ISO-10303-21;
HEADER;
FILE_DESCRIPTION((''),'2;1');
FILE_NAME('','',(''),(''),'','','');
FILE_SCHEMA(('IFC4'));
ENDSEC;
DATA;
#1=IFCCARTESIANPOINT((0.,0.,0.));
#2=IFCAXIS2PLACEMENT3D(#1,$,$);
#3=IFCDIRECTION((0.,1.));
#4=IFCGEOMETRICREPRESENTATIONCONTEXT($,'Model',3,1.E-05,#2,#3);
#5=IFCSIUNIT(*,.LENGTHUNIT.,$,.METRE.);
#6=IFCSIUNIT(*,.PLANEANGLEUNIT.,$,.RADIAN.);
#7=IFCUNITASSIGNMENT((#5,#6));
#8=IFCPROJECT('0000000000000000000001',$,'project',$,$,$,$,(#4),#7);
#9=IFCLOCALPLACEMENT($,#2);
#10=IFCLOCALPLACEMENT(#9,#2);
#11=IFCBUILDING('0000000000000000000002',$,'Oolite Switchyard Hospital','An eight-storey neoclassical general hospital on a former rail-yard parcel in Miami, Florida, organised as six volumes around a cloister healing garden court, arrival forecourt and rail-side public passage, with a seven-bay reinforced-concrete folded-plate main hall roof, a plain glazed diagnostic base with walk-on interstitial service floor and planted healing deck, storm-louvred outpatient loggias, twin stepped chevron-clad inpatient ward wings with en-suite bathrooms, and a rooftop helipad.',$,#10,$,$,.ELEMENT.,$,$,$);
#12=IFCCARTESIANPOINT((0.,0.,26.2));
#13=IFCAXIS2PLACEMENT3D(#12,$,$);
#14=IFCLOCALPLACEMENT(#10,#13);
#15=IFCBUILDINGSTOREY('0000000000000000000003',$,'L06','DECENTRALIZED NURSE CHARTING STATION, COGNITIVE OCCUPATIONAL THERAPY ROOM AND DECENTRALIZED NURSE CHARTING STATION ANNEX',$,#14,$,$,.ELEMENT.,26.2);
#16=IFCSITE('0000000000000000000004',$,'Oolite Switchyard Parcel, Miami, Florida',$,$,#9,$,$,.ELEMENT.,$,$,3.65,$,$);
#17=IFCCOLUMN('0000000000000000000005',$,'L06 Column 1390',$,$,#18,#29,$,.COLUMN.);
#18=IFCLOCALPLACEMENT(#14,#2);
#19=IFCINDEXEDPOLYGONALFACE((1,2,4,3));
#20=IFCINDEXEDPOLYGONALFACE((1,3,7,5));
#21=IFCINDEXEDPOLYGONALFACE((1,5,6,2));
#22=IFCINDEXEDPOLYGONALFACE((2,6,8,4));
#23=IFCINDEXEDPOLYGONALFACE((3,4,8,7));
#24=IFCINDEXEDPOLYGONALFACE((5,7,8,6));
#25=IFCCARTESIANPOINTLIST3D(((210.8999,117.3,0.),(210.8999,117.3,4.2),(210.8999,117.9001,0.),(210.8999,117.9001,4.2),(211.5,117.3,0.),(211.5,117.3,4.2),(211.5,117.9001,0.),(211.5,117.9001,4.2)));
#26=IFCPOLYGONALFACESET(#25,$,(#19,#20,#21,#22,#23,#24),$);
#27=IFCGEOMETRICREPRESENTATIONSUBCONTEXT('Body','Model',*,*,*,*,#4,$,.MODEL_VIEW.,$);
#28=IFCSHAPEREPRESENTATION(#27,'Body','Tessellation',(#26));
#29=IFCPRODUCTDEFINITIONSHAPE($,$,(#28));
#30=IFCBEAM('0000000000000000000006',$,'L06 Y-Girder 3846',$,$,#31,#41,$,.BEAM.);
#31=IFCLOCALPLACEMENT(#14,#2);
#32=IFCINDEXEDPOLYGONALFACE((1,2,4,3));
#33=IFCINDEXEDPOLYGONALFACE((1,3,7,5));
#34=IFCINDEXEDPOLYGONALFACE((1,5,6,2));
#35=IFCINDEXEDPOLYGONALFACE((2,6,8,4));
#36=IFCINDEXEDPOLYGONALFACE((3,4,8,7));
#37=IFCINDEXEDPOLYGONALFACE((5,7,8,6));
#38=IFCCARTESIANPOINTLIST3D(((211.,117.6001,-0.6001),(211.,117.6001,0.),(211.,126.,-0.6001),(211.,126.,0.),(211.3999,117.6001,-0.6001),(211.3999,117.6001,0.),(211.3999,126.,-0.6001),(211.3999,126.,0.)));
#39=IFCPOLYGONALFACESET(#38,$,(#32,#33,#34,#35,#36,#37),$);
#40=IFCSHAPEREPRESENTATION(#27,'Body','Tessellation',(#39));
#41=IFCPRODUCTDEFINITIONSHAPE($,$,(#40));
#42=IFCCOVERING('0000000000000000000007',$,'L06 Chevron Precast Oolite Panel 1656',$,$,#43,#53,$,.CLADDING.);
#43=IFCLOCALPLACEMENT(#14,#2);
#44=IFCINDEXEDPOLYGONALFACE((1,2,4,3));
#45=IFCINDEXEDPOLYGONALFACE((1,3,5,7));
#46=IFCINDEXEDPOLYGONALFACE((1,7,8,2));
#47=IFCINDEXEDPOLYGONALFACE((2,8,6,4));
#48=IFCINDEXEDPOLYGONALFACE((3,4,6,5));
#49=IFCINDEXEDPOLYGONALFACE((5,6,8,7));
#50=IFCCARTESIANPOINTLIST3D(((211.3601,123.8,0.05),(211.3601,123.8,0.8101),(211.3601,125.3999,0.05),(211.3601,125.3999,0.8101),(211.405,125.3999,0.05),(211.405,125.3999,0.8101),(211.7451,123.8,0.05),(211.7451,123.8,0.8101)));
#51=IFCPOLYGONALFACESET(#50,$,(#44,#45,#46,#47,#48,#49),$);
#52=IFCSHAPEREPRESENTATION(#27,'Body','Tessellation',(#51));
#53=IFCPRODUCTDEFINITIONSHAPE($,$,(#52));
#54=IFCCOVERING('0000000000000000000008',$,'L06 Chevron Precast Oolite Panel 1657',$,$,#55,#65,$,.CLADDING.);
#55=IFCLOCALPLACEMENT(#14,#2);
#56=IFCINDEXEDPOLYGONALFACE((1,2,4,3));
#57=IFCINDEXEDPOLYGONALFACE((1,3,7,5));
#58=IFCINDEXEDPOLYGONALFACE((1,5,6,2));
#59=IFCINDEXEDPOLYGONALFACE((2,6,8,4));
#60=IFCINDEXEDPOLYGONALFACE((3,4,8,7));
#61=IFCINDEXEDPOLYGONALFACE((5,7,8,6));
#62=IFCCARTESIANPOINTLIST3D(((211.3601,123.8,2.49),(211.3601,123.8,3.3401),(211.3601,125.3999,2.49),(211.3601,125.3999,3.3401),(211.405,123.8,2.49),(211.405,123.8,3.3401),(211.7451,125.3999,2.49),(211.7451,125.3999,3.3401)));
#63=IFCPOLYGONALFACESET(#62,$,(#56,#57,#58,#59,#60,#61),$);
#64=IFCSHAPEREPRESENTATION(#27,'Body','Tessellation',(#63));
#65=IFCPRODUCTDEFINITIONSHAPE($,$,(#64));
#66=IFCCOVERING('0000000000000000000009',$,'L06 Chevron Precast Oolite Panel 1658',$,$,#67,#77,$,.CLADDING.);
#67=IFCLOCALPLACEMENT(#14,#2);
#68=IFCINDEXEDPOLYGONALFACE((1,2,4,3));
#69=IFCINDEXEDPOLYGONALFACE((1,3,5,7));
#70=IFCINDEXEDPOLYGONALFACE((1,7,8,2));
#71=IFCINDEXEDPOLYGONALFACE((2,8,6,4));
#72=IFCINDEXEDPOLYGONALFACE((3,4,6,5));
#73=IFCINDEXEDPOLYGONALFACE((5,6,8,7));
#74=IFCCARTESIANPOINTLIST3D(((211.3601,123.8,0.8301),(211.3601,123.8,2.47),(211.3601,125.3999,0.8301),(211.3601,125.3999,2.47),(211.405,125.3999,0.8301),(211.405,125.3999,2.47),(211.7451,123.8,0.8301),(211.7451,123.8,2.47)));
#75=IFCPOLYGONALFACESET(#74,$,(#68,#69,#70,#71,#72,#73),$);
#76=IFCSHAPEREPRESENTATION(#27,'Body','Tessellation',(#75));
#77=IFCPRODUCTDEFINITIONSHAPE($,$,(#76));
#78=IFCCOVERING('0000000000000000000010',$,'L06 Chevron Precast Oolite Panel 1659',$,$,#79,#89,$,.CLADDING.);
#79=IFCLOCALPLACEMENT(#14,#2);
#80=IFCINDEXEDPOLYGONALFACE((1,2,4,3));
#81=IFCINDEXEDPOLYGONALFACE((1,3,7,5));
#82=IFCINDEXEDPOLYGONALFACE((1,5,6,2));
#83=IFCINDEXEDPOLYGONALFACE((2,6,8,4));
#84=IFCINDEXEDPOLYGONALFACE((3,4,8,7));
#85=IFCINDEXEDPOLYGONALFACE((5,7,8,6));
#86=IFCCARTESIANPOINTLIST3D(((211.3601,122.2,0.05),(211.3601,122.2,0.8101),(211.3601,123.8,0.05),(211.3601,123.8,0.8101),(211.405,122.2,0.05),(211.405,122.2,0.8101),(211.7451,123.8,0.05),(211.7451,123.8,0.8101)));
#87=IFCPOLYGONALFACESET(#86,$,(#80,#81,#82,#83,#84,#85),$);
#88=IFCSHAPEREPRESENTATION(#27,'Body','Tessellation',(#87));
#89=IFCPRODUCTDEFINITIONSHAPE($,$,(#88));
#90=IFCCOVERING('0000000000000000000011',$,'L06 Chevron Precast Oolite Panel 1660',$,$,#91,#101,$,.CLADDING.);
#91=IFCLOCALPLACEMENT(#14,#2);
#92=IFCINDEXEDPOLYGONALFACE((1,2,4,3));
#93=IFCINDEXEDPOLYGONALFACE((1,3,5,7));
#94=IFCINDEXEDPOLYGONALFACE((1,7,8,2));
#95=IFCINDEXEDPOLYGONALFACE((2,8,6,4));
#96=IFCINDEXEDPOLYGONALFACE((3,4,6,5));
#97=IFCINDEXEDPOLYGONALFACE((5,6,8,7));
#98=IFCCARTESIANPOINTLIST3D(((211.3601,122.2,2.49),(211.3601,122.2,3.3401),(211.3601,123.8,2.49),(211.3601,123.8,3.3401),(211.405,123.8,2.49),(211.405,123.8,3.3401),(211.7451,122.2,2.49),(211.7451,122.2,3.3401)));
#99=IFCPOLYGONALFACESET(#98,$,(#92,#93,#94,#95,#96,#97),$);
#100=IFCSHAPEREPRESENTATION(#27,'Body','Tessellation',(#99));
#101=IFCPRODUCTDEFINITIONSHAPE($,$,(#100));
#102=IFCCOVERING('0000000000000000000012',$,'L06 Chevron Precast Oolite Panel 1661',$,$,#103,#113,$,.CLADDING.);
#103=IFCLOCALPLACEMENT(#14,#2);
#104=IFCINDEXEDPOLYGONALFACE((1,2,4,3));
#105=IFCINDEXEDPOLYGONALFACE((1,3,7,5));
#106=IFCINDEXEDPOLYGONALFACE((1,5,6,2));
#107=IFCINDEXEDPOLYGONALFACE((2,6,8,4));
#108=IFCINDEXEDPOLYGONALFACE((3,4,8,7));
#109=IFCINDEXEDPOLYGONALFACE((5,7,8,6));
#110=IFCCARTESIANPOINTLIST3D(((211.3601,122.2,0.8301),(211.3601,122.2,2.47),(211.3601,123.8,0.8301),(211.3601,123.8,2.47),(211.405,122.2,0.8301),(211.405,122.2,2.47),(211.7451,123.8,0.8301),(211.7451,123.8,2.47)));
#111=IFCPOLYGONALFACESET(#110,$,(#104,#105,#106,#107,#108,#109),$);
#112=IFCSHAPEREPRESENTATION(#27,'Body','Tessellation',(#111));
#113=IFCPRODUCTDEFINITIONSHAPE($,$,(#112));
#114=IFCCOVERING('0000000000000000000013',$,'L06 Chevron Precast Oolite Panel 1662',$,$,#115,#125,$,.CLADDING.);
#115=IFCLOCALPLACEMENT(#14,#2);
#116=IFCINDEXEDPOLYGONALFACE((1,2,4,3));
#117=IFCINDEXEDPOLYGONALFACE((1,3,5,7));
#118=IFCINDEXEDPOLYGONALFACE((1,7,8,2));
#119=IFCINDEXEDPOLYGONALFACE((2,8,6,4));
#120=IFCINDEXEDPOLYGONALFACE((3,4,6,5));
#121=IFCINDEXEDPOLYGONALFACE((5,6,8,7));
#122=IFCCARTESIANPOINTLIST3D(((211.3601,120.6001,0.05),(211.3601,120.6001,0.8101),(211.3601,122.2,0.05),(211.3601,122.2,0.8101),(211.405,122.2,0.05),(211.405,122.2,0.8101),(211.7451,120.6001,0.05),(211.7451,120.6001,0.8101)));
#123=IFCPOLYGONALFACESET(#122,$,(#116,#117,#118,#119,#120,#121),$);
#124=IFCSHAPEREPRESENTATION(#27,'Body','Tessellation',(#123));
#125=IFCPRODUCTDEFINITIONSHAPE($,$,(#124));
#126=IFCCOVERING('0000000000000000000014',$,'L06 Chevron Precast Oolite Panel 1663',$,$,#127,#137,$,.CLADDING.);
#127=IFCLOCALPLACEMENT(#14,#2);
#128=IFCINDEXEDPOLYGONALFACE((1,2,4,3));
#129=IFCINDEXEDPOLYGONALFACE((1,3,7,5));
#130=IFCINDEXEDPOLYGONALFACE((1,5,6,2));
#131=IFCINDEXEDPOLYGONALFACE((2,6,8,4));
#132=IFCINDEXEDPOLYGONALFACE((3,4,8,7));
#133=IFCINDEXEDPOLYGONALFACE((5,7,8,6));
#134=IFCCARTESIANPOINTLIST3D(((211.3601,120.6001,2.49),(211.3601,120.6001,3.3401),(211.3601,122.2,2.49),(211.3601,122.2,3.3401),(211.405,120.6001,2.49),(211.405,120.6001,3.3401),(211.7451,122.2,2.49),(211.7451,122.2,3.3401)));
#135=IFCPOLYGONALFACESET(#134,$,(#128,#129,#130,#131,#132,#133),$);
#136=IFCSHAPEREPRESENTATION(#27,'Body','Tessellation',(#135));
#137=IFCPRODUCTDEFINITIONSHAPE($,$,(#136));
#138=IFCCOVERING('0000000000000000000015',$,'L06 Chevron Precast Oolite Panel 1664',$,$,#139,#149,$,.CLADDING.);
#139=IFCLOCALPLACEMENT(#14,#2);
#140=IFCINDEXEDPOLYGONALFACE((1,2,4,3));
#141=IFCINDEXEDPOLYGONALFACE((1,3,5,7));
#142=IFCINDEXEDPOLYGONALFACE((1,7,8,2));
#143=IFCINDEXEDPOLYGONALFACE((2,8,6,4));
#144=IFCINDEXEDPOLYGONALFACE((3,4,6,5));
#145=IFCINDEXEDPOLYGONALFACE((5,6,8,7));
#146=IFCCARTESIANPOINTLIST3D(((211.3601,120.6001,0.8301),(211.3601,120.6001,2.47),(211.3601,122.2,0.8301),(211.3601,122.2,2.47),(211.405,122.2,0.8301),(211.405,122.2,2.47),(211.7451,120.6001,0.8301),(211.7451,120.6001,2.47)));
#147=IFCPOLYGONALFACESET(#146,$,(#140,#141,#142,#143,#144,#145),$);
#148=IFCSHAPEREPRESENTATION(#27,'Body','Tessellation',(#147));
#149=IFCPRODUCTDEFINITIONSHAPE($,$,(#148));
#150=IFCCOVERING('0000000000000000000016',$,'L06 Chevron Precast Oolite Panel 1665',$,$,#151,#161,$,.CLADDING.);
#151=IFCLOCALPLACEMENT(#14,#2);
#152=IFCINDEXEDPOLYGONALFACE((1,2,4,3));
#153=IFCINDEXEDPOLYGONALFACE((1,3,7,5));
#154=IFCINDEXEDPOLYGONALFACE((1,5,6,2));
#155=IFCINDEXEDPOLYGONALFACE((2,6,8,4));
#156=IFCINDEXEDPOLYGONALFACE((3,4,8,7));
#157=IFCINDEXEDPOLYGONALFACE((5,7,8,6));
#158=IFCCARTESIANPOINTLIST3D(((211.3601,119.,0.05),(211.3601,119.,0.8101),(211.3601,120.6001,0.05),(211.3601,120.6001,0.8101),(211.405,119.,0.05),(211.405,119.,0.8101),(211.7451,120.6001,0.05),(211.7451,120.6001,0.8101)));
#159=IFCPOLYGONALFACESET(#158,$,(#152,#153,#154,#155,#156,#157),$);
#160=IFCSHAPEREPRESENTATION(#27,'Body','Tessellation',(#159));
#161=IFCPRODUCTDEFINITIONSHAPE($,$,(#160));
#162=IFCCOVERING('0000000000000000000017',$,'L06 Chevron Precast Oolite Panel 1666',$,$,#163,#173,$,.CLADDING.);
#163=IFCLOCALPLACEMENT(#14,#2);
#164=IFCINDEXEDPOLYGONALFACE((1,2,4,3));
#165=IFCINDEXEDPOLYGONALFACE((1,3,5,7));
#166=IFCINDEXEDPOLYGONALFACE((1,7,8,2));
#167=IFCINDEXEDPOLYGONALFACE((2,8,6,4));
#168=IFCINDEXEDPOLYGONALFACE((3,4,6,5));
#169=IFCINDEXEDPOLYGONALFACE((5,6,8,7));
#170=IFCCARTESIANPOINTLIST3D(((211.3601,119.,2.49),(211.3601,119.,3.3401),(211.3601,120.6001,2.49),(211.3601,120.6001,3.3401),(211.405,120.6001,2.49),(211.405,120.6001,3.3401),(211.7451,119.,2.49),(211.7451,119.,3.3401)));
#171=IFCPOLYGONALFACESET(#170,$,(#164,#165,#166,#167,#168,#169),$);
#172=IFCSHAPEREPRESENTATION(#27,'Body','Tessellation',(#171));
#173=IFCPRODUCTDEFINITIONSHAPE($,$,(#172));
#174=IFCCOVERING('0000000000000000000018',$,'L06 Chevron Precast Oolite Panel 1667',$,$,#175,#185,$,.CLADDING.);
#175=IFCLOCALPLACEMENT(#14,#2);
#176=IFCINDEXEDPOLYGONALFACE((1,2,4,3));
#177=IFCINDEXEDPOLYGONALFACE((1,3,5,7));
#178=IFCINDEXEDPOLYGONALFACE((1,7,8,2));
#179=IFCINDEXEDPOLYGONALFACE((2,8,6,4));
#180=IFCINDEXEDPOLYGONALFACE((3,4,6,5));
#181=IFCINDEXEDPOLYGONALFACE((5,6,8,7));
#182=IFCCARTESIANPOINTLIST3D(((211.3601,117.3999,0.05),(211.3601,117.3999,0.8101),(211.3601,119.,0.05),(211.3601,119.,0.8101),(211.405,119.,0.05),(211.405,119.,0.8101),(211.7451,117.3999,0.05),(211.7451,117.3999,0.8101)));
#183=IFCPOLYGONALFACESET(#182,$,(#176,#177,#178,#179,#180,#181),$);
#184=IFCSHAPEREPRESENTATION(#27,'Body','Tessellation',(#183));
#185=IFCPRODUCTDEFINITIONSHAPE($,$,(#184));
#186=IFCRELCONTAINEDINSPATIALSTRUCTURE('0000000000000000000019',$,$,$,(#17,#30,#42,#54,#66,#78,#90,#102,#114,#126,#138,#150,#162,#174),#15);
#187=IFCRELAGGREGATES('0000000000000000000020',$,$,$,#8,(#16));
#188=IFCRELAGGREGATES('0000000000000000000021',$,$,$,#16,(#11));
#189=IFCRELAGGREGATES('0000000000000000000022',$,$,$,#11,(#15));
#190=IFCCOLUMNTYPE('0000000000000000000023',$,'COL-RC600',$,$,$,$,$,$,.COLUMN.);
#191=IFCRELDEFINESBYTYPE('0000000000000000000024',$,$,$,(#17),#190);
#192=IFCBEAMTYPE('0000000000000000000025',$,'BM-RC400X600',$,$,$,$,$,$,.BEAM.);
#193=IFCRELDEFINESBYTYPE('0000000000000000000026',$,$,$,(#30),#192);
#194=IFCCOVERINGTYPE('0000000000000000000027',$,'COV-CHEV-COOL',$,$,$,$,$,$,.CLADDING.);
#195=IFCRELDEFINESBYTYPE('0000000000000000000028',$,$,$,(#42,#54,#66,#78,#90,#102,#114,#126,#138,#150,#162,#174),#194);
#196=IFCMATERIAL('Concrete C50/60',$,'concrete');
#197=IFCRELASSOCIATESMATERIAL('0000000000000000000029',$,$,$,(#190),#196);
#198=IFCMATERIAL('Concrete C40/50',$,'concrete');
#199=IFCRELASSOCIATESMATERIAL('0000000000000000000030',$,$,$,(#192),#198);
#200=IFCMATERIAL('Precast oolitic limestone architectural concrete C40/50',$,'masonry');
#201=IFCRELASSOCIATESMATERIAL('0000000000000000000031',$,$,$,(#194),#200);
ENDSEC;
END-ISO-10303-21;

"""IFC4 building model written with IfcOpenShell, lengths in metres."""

from ifc_helpers import new_model, si_unit, direction, frame, origin, origin_2d, place, context, subcontext, project, spatial, polyline, rectangle, outline, extrude, material, material_profile, profile_set, type_object, element, save


model = new_model("IFC4")

# Units and contexts
model_context = context("Model", 3, precision=1e-05, world=origin(), true_north=direction((0.0, 1.0)))
body_context = subcontext(model_context, "Body", "Model", "MODEL_VIEW")
ifc_project = project(units=[si_unit("LENGTHUNIT", "METRE"), si_unit("PLANEANGLEUNIT", "RADIAN")], contexts=[model_context])

# Site, building, storey
site_placement = place(None, origin())
site = spatial("IfcSite", under=ifc_project, at=site_placement, Name="Oolite Switchyard Parcel, Miami, Florida", CompositionType="ELEMENT", RefElevation=3.65)
building_placement = place(site_placement, origin())
building = spatial("IfcBuilding", under=site, at=building_placement, Name="Oolite Switchyard Hospital", Description="An eight-storey neoclassical general hospital on a former rail-yard parcel in Miami, Florida, organised as six volumes around a cloister healing garden court, arrival forecourt and rail-side public passage, with a seven-bay reinforced-concrete folded-plate main hall roof, a plain glazed diagnostic base with walk-on interstitial service floor and planted healing deck, storm-louvred outpatient loggias, twin stepped chevron-clad inpatient ward wings with en-suite bathrooms, and a rooftop helipad.", CompositionType="ELEMENT")
storey_placement = place(building_placement, frame((0.0, 0.0, 26.2)))
storey = spatial("IfcBuildingStorey", under=building, at=storey_placement, Name="L06", Description="DECENTRALIZED NURSE CHARTING STATION, COGNITIVE OCCUPATIONAL THERAPY ROOM AND DECENTRALIZED NURSE CHARTING STATION ANNEX", CompositionType="ELEMENT", Elevation=26.2)

# Column
ifc_material_1 = material(Name="Concrete C50/60", Category="concrete")
ifc_material_profile_1 = material_profile(ifc_material_1, rectangle(XDim=0.6001, YDim=0.6001, at=origin_2d()), Name="RC600X600")
ifc_profile_set_1 = profile_set([ifc_material_profile_1], Name="Concrete C50/60")
column_type = type_object("IfcColumnType", Name="COL-RC600", PredefinedType="COLUMN", material=ifc_profile_set_1)
column_placement = place(storey_placement, frame((211.2, 117.6001, 0.0), z_axis=(0.0, 0.0, 1.0), x_axis=(1.0, 0.0, 0.0)))
element("IfcColumn", 1, at=column_placement, inside=storey, type_object=column_type, Name="L06 Column 1390", PredefinedType="COLUMN", context=body_context, shape_type="SweptSolid", body=[
    extrude(rectangle(XDim=0.6001, YDim=0.6001, at=origin_2d()), origin(), (0.0, 0.0, 1.0), 4.2),
])

# Beam
ifc_material_2 = material(Name="Concrete C40/50", Category="concrete")
ifc_material_profile_2 = material_profile(ifc_material_2, rectangle(XDim=0.3999, YDim=0.6001, at=origin_2d()), Name="RCB400X600")
ifc_profile_set_2 = profile_set([ifc_material_profile_2], Name="Concrete C40/50")
beam_type = type_object("IfcBeamType", Name="BM-RC400X600", PredefinedType="BEAM", material=ifc_profile_set_2)
beam_placement = place(storey_placement, frame((211.2, 117.6001, -0.3), z_axis=(0.0, 1.0, 0.0), x_axis=(-1.0, 0.0, 0.0)))
element("IfcBeam", 2, at=beam_placement, inside=storey, type_object=beam_type, Name="L06 Y-Girder 3846", PredefinedType="BEAM", context=body_context, shape_type="SweptSolid", body=[
    extrude(rectangle(XDim=0.3999, YDim=0.6001, at=origin_2d()), origin(), (0.0, 0.0, 1.0), 8.3999),
])

# Coverings
ifc_material_3 = material(Name="Precast oolitic limestone architectural concrete C40/50", Category="masonry")
covering_type = type_object("IfcCoveringType", Name="COV-CHEV-COOL", PredefinedType="CLADDING", material=ifc_material_3)
covering_1_placement = place(storey_placement, frame((211.3601, 125.3999, 0.05), z_axis=(0.0, 0.0, 1.0), x_axis=(0.0, -1.0, 0.0)))
element("IfcCovering", 3, at=covering_1_placement, inside=storey, type_object=covering_type, Name="L06 Chevron Precast Oolite Panel 1656", PredefinedType="CLADDING", context=body_context, shape_type="SweptSolid", body=[
    extrude(outline(polyline([(0.0, 0.0), (1.5999, 0.0), (1.5999, 0.385), (0.0, 0.0449), (0.0, 0.0)])), origin(), (0.0, 0.0, 1.0), 0.76),
])
covering_2_placement = place(storey_placement, frame((211.3601, 125.3999, 2.49), z_axis=(0.0, 0.0, 1.0), x_axis=(0.0, -1.0, 0.0)))
element("IfcCovering", 4, at=covering_2_placement, inside=storey, type_object=covering_type, Name="L06 Chevron Precast Oolite Panel 1657", PredefinedType="CLADDING", context=body_context, shape_type="SweptSolid", body=[
    extrude(outline(polyline([(0.0, 0.0), (1.5999, 0.0), (1.5999, 0.0449), (0.0, 0.385), (0.0, 0.0)])), origin(), (0.0, 0.0, 1.0), 0.8501),
])
covering_3_placement = place(storey_placement, frame((211.3601, 125.3999, 0.8301), z_axis=(0.0, 0.0, 1.0), x_axis=(0.0, -1.0, 0.0)))
element("IfcCovering", 5, at=covering_3_placement, inside=storey, type_object=covering_type, Name="L06 Chevron Precast Oolite Panel 1658", PredefinedType="CLADDING", context=body_context, shape_type="SweptSolid", body=[
    extrude(outline(polyline([(0.0, 0.0), (1.5999, 0.0), (1.5999, 0.385), (0.0, 0.0449), (0.0, 0.0)])), origin(), (0.0, 0.0, 1.0), 1.6399),
])
covering_4_placement = place(storey_placement, frame((211.3601, 123.8, 0.05), z_axis=(0.0, 0.0, 1.0), x_axis=(0.0, -1.0, 0.0)))
element("IfcCovering", 6, at=covering_4_placement, inside=storey, type_object=covering_type, Name="L06 Chevron Precast Oolite Panel 1659", PredefinedType="CLADDING", context=body_context, shape_type="SweptSolid", body=[
    extrude(outline(polyline([(0.0, 0.0), (1.6001, 0.0), (1.6001, 0.0449), (0.0, 0.385), (0.0, 0.0)])), origin(), (0.0, 0.0, 1.0), 0.76),
])
covering_5_placement = place(storey_placement, frame((211.3601, 123.8, 2.49), z_axis=(0.0, 0.0, 1.0), x_axis=(0.0, -1.0, 0.0)))
element("IfcCovering", 7, at=covering_5_placement, inside=storey, type_object=covering_type, Name="L06 Chevron Precast Oolite Panel 1660", PredefinedType="CLADDING", context=body_context, shape_type="SweptSolid", body=[
    extrude(outline(polyline([(0.0, 0.0), (1.6001, 0.0), (1.6001, 0.385), (0.0, 0.0449), (0.0, 0.0)])), origin(), (0.0, 0.0, 1.0), 0.8501),
])
covering_6_placement = place(storey_placement, frame((211.3601, 123.8, 0.8301), z_axis=(0.0, 0.0, 1.0), x_axis=(0.0, -1.0, 0.0)))
element("IfcCovering", 8, at=covering_6_placement, inside=storey, type_object=covering_type, Name="L06 Chevron Precast Oolite Panel 1661", PredefinedType="CLADDING", context=body_context, shape_type="SweptSolid", body=[
    extrude(outline(polyline([(0.0, 0.0), (1.6001, 0.0), (1.6001, 0.0449), (0.0, 0.385), (0.0, 0.0)])), origin(), (0.0, 0.0, 1.0), 1.6399),
])
covering_7_placement = place(storey_placement, frame((211.3601, 122.2, 0.05), z_axis=(0.0, 0.0, 1.0), x_axis=(0.0, -1.0, 0.0)))
element("IfcCovering", 9, at=covering_7_placement, inside=storey, type_object=covering_type, Name="L06 Chevron Precast Oolite Panel 1662", PredefinedType="CLADDING", context=body_context, shape_type="SweptSolid", body=[
    extrude(outline(polyline([(0.0, 0.0), (1.5999, 0.0), (1.5999, 0.385), (0.0, 0.0449), (0.0, 0.0)])), origin(), (0.0, 0.0, 1.0), 0.76),
])
covering_8_placement = place(storey_placement, frame((211.3601, 122.2, 2.49), z_axis=(0.0, 0.0, 1.0), x_axis=(0.0, -1.0, 0.0)))
element("IfcCovering", 10, at=covering_8_placement, inside=storey, type_object=covering_type, Name="L06 Chevron Precast Oolite Panel 1663", PredefinedType="CLADDING", context=body_context, shape_type="SweptSolid", body=[
    extrude(outline(polyline([(0.0, 0.0), (1.5999, 0.0), (1.5999, 0.0449), (0.0, 0.385), (0.0, 0.0)])), origin(), (0.0, 0.0, 1.0), 0.8501),
])
covering_9_placement = place(storey_placement, frame((211.3601, 122.2, 0.8301), z_axis=(0.0, 0.0, 1.0), x_axis=(0.0, -1.0, 0.0)))
element("IfcCovering", 11, at=covering_9_placement, inside=storey, type_object=covering_type, Name="L06 Chevron Precast Oolite Panel 1664", PredefinedType="CLADDING", context=body_context, shape_type="SweptSolid", body=[
    extrude(outline(polyline([(0.0, 0.0), (1.5999, 0.0), (1.5999, 0.385), (0.0, 0.0449), (0.0, 0.0)])), origin(), (0.0, 0.0, 1.0), 1.6399),
])
covering_10_placement = place(storey_placement, frame((211.3601, 120.6001, 0.05), z_axis=(0.0, 0.0, 1.0), x_axis=(0.0, -1.0, 0.0)))
element("IfcCovering", 12, at=covering_10_placement, inside=storey, type_object=covering_type, Name="L06 Chevron Precast Oolite Panel 1665", PredefinedType="CLADDING", context=body_context, shape_type="SweptSolid", body=[
    extrude(outline(polyline([(0.0, 0.0), (1.6001, 0.0), (1.6001, 0.0449), (0.0, 0.385), (0.0, 0.0)])), origin(), (0.0, 0.0, 1.0), 0.76),
])
covering_11_placement = place(storey_placement, frame((211.3601, 120.6001, 2.49), z_axis=(0.0, 0.0, 1.0), x_axis=(0.0, -1.0, 0.0)))
element("IfcCovering", 13, at=covering_11_placement, inside=storey, type_object=covering_type, Name="L06 Chevron Precast Oolite Panel 1666", PredefinedType="CLADDING", context=body_context, shape_type="SweptSolid", body=[
    extrude(outline(polyline([(0.0, 0.0), (1.6001, 0.0), (1.6001, 0.385), (0.0, 0.0449), (0.0, 0.0)])), origin(), (0.0, 0.0, 1.0), 0.8501),
])
covering_12_placement = place(storey_placement, frame((211.3601, 119.0, 0.05), z_axis=(0.0, 0.0, 1.0), x_axis=(0.0, -1.0, 0.0)))
element("IfcCovering", 14, at=covering_12_placement, inside=storey, type_object=covering_type, Name="L06 Chevron Precast Oolite Panel 1667", PredefinedType="CLADDING", context=body_context, shape_type="SweptSolid", body=[
    extrude(outline(polyline([(0.0, 0.0), (1.6001, 0.0), (1.6001, 0.385), (0.0, 0.0449), (0.0, 0.0)])), origin(), (0.0, 0.0, 1.0), 0.76),
])

save(model, "model.ifc")
